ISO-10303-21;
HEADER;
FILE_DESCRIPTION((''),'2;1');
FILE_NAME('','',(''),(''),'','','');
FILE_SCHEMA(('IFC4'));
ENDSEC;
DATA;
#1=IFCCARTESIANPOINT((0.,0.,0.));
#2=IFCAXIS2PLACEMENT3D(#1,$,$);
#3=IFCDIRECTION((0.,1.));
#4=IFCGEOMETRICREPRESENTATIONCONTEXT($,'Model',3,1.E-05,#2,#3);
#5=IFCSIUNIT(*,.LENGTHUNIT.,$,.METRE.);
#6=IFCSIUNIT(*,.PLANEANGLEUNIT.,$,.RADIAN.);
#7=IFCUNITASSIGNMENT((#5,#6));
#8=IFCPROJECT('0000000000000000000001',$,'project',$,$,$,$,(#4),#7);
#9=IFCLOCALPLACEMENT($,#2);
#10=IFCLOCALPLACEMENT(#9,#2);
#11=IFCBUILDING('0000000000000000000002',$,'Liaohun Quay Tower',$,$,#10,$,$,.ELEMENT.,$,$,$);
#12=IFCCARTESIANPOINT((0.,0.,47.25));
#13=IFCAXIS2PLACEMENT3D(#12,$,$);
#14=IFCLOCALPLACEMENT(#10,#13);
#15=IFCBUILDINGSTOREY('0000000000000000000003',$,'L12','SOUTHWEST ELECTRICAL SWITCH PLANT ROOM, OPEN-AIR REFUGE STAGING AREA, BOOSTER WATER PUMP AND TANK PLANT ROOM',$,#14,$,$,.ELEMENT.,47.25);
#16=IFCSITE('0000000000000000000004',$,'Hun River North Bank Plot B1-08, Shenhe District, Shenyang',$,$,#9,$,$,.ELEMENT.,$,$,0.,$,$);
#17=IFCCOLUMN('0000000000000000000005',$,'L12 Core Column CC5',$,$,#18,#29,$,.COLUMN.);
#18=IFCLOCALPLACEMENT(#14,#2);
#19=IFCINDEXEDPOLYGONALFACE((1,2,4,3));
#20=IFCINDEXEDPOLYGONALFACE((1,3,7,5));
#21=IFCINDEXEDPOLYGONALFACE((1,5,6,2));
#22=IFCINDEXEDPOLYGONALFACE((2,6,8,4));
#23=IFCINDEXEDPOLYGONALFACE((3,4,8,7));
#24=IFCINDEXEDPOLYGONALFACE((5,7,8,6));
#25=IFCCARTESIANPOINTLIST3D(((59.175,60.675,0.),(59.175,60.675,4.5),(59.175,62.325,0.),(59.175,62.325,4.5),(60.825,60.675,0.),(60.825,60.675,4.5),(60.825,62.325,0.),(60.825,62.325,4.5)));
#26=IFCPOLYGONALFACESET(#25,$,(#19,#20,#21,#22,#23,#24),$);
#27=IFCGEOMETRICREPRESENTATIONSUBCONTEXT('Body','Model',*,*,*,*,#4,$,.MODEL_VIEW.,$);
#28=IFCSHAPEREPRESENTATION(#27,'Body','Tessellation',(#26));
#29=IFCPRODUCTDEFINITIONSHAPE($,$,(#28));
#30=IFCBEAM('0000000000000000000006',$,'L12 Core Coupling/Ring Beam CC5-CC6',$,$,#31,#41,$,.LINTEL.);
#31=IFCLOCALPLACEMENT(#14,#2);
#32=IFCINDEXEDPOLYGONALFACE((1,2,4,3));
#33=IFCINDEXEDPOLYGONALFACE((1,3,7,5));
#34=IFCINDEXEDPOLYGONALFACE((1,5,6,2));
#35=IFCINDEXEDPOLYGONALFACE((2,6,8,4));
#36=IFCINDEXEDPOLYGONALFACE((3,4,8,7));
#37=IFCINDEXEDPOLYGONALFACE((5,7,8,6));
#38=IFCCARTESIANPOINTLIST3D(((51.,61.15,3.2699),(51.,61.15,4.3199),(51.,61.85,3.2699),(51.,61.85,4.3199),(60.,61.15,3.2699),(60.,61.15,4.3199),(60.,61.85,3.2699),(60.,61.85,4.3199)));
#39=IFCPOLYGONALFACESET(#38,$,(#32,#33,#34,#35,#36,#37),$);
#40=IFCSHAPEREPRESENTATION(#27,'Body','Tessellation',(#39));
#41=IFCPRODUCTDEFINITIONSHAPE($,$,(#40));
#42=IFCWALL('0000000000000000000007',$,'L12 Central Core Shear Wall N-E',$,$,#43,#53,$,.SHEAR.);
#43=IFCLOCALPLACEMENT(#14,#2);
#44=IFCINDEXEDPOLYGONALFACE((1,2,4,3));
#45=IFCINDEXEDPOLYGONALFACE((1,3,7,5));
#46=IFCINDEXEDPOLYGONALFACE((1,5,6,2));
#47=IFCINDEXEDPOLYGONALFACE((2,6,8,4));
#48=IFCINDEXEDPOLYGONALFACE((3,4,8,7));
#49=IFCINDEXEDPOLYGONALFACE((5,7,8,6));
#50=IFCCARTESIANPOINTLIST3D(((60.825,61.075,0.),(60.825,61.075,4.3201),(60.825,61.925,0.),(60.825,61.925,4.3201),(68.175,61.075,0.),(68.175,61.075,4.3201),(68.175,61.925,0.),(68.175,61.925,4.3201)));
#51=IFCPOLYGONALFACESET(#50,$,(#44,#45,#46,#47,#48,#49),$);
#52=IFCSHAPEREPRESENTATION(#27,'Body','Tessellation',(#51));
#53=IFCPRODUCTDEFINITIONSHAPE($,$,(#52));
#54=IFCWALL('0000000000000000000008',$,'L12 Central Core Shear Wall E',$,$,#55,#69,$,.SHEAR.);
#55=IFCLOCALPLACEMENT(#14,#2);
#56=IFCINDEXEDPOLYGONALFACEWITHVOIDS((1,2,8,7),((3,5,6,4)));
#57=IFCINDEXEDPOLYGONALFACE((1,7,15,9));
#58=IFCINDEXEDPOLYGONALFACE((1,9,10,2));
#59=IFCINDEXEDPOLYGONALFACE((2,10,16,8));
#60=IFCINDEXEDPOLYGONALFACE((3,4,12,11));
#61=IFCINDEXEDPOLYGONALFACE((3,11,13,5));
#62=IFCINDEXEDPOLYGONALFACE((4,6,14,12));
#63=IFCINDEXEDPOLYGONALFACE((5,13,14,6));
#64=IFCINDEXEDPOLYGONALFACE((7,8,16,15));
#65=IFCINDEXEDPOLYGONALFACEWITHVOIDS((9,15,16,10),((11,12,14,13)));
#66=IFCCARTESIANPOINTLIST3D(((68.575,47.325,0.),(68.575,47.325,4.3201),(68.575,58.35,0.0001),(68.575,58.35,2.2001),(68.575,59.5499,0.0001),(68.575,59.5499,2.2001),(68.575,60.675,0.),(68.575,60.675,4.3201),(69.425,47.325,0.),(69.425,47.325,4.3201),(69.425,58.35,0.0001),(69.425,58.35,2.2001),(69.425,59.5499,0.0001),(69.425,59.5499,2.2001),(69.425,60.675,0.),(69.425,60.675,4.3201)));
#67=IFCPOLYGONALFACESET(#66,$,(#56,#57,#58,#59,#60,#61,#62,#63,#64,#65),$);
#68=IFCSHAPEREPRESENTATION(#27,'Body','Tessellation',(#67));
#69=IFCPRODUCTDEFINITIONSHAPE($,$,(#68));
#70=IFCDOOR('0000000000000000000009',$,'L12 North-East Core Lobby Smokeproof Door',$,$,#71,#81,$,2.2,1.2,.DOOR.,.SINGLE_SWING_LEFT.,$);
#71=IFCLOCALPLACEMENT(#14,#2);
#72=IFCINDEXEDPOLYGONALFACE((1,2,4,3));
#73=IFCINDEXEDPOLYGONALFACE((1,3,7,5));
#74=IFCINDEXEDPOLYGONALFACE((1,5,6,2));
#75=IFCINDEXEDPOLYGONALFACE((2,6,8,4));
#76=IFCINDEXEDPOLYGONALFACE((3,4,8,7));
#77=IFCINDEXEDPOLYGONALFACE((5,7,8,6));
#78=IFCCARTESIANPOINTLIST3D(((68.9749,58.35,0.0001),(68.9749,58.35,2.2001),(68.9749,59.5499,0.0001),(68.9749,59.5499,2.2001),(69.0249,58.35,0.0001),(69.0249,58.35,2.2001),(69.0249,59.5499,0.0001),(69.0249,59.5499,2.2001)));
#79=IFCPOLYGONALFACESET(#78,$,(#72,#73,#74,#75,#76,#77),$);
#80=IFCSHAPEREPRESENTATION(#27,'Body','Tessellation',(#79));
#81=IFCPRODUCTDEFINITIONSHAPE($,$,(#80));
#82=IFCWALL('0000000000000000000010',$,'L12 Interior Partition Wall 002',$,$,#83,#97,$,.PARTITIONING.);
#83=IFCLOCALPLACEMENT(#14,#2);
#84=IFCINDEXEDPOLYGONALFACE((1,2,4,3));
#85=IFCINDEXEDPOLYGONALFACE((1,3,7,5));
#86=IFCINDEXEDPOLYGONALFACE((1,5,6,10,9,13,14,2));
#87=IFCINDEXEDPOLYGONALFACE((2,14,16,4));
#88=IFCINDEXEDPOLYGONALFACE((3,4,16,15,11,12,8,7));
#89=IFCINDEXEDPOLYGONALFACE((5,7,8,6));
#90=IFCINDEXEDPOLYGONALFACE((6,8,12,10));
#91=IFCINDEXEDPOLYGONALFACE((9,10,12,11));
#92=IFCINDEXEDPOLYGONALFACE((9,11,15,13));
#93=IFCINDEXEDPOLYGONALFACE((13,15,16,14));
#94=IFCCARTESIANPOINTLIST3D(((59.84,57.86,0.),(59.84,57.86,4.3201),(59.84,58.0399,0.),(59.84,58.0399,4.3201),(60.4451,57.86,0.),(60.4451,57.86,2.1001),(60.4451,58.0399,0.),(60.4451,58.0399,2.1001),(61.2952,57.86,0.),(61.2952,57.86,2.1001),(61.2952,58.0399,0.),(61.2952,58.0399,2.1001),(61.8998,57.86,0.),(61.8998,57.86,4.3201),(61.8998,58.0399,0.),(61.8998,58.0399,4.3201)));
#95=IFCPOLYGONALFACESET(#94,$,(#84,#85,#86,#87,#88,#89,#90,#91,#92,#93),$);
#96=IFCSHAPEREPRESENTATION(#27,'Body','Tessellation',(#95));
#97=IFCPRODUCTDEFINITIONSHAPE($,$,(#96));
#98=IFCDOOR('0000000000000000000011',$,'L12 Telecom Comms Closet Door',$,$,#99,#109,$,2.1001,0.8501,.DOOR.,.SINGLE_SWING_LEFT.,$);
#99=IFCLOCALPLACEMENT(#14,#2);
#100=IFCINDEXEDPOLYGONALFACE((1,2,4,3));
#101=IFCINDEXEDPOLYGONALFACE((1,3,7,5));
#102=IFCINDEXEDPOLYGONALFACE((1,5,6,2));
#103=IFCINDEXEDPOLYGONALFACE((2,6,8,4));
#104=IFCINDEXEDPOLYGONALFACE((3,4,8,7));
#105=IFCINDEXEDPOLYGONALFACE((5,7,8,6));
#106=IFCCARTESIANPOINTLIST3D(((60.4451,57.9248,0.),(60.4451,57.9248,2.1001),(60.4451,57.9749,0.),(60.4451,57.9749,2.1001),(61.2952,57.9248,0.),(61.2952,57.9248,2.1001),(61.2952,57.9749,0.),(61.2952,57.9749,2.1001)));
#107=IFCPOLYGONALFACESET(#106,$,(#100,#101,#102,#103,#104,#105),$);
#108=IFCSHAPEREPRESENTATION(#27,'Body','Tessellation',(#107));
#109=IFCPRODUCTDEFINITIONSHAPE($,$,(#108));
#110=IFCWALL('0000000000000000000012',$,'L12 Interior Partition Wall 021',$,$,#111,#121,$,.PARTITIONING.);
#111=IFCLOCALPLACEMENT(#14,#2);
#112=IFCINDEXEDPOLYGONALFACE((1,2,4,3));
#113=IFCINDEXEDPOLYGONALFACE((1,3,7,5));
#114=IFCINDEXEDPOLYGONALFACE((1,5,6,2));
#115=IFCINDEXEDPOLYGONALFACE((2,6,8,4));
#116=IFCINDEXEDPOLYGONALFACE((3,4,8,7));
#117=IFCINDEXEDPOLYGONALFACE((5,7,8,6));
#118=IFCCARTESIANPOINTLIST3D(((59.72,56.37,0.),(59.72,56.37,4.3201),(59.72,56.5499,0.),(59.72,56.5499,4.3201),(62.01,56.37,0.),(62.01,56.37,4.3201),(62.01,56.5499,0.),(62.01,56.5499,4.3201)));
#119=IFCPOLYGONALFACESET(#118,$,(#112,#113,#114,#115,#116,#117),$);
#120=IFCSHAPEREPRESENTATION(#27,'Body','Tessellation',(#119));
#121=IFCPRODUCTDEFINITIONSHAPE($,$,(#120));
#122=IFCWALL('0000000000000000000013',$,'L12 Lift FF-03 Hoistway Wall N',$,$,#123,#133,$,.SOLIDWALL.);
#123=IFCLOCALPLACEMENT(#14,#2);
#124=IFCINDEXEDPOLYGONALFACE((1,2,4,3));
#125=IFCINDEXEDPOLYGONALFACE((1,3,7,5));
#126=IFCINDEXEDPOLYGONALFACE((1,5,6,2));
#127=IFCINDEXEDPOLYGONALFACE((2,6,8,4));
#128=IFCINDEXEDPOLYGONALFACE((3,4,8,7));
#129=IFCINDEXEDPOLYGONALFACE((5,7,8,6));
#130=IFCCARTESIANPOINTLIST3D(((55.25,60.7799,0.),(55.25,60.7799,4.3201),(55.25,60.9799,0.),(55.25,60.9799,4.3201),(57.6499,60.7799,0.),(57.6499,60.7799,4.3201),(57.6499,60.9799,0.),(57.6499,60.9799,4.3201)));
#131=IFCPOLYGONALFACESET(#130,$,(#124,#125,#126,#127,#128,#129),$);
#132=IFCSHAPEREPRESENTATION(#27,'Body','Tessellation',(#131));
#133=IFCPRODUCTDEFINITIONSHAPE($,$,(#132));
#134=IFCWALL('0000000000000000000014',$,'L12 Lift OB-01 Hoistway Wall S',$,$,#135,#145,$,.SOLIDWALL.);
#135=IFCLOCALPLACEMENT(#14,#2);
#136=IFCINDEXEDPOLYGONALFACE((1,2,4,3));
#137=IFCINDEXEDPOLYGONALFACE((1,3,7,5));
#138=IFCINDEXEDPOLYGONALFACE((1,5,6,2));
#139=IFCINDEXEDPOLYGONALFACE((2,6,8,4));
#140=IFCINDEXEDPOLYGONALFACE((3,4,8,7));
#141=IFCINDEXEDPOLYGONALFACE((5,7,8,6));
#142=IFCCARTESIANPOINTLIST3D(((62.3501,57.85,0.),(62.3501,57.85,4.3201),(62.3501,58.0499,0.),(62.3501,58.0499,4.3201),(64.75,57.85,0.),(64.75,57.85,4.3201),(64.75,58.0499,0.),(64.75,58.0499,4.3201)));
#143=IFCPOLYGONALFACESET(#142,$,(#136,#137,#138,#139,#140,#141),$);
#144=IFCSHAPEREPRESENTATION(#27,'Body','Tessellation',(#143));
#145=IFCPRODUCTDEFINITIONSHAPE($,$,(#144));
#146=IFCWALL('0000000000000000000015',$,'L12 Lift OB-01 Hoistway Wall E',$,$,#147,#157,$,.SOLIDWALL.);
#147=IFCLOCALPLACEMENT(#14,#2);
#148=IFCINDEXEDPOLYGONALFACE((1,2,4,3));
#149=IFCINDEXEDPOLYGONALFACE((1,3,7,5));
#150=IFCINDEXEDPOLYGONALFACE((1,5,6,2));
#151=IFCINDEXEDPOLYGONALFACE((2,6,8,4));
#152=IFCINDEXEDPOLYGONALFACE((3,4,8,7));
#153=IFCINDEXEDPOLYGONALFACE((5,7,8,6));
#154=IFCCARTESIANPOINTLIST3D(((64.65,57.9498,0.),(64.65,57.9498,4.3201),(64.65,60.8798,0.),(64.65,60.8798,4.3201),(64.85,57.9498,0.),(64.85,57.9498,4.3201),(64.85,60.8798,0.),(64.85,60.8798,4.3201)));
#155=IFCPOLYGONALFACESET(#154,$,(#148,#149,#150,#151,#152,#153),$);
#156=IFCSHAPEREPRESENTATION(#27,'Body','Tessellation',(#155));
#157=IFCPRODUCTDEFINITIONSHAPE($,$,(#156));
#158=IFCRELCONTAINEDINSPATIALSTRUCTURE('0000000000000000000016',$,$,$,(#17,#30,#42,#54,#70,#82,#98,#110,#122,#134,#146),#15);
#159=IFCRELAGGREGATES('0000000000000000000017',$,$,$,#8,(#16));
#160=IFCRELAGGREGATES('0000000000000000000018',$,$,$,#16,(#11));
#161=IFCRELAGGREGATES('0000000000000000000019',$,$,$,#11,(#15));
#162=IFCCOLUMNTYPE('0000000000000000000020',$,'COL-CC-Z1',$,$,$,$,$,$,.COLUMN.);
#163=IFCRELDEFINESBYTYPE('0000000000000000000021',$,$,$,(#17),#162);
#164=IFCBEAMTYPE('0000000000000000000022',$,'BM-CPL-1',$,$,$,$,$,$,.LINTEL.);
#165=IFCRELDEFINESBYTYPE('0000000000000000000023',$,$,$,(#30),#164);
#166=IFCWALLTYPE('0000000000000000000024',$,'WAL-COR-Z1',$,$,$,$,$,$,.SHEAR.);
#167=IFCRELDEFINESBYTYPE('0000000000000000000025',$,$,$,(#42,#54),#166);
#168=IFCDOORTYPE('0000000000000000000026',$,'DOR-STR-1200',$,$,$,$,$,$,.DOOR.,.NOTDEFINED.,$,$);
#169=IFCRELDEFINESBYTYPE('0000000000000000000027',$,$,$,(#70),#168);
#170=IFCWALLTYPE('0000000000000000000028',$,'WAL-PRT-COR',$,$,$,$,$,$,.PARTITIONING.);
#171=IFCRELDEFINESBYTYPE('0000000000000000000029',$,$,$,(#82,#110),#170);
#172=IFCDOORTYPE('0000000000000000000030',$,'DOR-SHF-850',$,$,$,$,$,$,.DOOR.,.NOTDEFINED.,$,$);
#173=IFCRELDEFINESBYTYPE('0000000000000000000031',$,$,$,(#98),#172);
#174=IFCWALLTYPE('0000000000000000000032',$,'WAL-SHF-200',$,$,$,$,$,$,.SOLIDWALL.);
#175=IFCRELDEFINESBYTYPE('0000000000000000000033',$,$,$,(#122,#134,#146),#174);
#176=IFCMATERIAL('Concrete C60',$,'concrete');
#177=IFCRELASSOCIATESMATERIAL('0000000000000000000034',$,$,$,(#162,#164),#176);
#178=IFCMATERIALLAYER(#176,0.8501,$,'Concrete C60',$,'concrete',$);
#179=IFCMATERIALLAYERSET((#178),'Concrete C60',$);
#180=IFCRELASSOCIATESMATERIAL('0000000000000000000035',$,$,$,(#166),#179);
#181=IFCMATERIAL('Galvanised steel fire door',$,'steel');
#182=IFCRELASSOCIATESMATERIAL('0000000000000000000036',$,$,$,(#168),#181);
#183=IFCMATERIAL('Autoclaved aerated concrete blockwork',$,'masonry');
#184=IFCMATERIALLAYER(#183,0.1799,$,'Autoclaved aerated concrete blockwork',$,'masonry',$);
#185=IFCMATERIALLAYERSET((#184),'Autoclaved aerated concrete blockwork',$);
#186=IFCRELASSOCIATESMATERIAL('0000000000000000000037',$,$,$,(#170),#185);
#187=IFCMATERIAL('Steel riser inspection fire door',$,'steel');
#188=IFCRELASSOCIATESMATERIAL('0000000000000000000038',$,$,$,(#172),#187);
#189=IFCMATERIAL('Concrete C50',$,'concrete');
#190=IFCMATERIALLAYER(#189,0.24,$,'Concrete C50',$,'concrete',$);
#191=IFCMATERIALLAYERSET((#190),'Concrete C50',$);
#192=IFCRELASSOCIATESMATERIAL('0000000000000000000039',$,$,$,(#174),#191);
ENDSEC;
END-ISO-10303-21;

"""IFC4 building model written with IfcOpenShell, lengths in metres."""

from ifc_helpers import new_model, si_unit, direction, frame, frame_2d, origin, origin_2d, place, context, subcontext, project, spatial, rectangle, extrude, source, transform, mapped, material, layer, layer_set, material_profile, profile_set, type_object, element, fill, save


model = new_model("IFC4")

# Units and contexts
model_context = context("Model", 3, precision=1e-05, world=origin(), true_north=direction((0.0, 1.0)))
body_context = subcontext(model_context, "Body", "Model", "MODEL_VIEW")
ifc_project = project(units=[si_unit("LENGTHUNIT", "METRE"), si_unit("PLANEANGLEUNIT", "RADIAN")], contexts=[model_context])

# Site, building, storey
site_placement = place(None, origin())
site = spatial("IfcSite", under=ifc_project, at=site_placement, Name="Hun River North Bank Plot B1-08, Shenhe District, Shenyang", CompositionType="ELEMENT", RefElevation=0.0)
building_placement = place(site_placement, origin())
building = spatial("IfcBuilding", under=site, at=building_placement, Name="Liaohun Quay Tower", CompositionType="ELEMENT")
storey_placement = place(building_placement, frame((0.0, 0.0, 47.25)))
storey = spatial("IfcBuildingStorey", under=building, at=storey_placement, Name="L12", Description="SOUTHWEST ELECTRICAL SWITCH PLANT ROOM, OPEN-AIR REFUGE STAGING AREA, BOOSTER WATER PUMP AND TANK PLANT ROOM", CompositionType="ELEMENT", Elevation=47.25)

# Column
ifc_material_1 = material(Name="Concrete C60", Category="concrete")
ifc_material_profile_1 = material_profile(ifc_material_1, rectangle(XDim=1.6499, YDim=1.6499, at=origin_2d()), Name="RC1650x1650")
ifc_profile_set_1 = profile_set([ifc_material_profile_1], Name="Concrete C60")
column_type = type_object("IfcColumnType", Name="COL-CC-Z1", PredefinedType="COLUMN", material=ifc_profile_set_1)
shared_shape_1 = source(origin(), body_context, "Body", "SweptSolid", [
    extrude(rectangle(XDim=1.6499, YDim=1.6499, at=origin_2d()), origin(), (0.0, 0.0, 1.0), 4.5),
])
column_placement = place(storey_placement, frame((60.0, 61.5, 0.0), z_axis=(0.0, 0.0, 1.0), x_axis=(1.0, 0.0, 0.0)))
element("IfcColumn", 1, at=column_placement, inside=storey, type_object=column_type, Name="L12 Core Column CC5", PredefinedType="COLUMN", context=body_context, shape_type="MappedRepresentation", body=[
    mapped(shared_shape_1, transform((0.0, 0.0, 0.0), x_axis=(1.0, 0.0, 0.0), y_axis=(0.0, 1.0, 0.0), z_axis=(0.0, 0.0, 1.0), scale=1.0)),
])

# Beam
ifc_material_profile_2 = material_profile(ifc_material_1, rectangle(XDim=0.7, YDim=1.05, at=origin_2d()), Name="RC700x1050")
ifc_profile_set_2 = profile_set([ifc_material_profile_2], Name="Concrete C60")
beam_type = type_object("IfcBeamType", Name="BM-CPL-1", PredefinedType="LINTEL", material=ifc_profile_set_2)
shared_shape_2 = source(origin(), body_context, "Body", "SweptSolid", [
    extrude(rectangle(XDim=0.7, YDim=1.05, at=origin_2d()), origin(), (0.0, 0.0, 1.0), 9.0),
])
beam_placement = place(storey_placement, frame((60.0, 61.5, 3.7949), z_axis=(-1.0, 0.0, 0.0), x_axis=(0.0, -1.0, 0.0)))
element("IfcBeam", 2, at=beam_placement, inside=storey, type_object=beam_type, Name="L12 Core Coupling/Ring Beam CC5-CC6", PredefinedType="LINTEL", context=body_context, shape_type="MappedRepresentation", body=[
    mapped(shared_shape_2, transform((0.0, 0.0, 0.0), x_axis=(1.0, 0.0, 0.0), y_axis=(0.0, 1.0, 0.0), z_axis=(0.0, 0.0, 1.0), scale=1.0)),
])

# Wall
ifc_layer_1 = layer(ifc_material_1, 0.8501, Name="Concrete C60", Category="concrete")
ifc_layer_set_1 = layer_set([ifc_layer_1], Name="Concrete C60")
wall_type_1 = type_object("IfcWallType", Name="WAL-COR-Z1", PredefinedType="SHEAR", material=ifc_layer_set_1)
wall_1_placement = place(storey_placement, frame((60.825, 61.5, 0.0), z_axis=(0.0, 0.0, 1.0), x_axis=(1.0, 0.0, 0.0)))
element("IfcWall", 3, at=wall_1_placement, inside=storey, type_object=wall_type_1, Name="L12 Central Core Shear Wall N-E", PredefinedType="SHEAR", context=body_context, shape_type="SweptSolid", body=[
    extrude(rectangle(XDim=7.3501, YDim=0.8501, at=frame_2d((3.675, 0.0))), origin(), (0.0, 0.0, 1.0), 4.3201),
])

# Walls, openings, doors
wall_2_placement = place(storey_placement, frame((69.0, 60.675, 0.0), z_axis=(0.0, 0.0, 1.0), x_axis=(0.0, -1.0, 0.0)))
wall_2 = element("IfcWall", 4, at=wall_2_placement, inside=storey, type_object=wall_type_1, Name="L12 Central Core Shear Wall E", PredefinedType="SHEAR", context=body_context, shape_type="SweptSolid", body=[
    extrude(rectangle(XDim=13.3501, YDim=0.8501, at=frame_2d((6.675, 0.0))), origin(), (0.0, 0.0, 1.0), 4.3201),
])
shared_shape_3 = source(origin(), body_context, "Body", "SweptSolid", [
    extrude(rectangle(XDim=1.2, YDim=2.2, at=frame_2d((0.6001, 1.1001))), frame((0.0, 0.4351, 0.0), z_axis=(0.0, -1.0, 0.0), x_axis=(1.0, 0.0, 0.0)), (0.0, 0.0, 1.0), 0.8701),
])
opening_1_placement = place(wall_2_placement, frame((1.125, 0.0, 0.0)))
opening_1 = element("IfcOpeningElement", 5, at=opening_1_placement, cuts=wall_2, PredefinedType="OPENING", context=body_context, shape_type="MappedRepresentation", body=[
    mapped(shared_shape_3, transform((0.0, 0.0, 0.0), x_axis=(1.0, 0.0, 0.0), y_axis=(0.0, 1.0, 0.0), z_axis=(0.0, 0.0, 1.0), scale=1.0)),
])
ifc_material_2 = material(Name="Galvanised steel fire door", Category="steel")
door_type_1 = type_object("IfcDoorType", Name="DOR-STR-1200", OperationType="NOTDEFINED", PredefinedType="DOOR", material=ifc_material_2)
shared_shape_4 = source(origin(), body_context, "Body", "SweptSolid", [
    extrude(rectangle(XDim=1.2, YDim=2.2, at=frame_2d((0.6001, 1.1001))), frame((0.0, 0.0249, 0.0), z_axis=(0.0, -1.0, 0.0), x_axis=(1.0, 0.0, 0.0)), (0.0, 0.0, 1.0), 0.05),
])
door_1_placement = place(opening_1_placement, origin())
door_1 = element("IfcDoor", 6, at=door_1_placement, inside=storey, type_object=door_type_1, Name="L12 North-East Core Lobby Smokeproof Door", OperationType="SINGLE_SWING_LEFT", OverallHeight=2.2, OverallWidth=1.2, PredefinedType="DOOR", context=body_context, shape_type="MappedRepresentation", body=[
    mapped(shared_shape_4, transform((0.0, 0.0, 0.0), x_axis=(1.0, 0.0, 0.0), y_axis=(0.0, 1.0, 0.0), z_axis=(0.0, 0.0, 1.0), scale=1.0)),
])
fill(opening_1, door_1)
ifc_material_3 = material(Name="Autoclaved aerated concrete blockwork", Category="masonry")
ifc_layer_2 = layer(ifc_material_3, 0.1799, Name="Autoclaved aerated concrete blockwork", Category="masonry")
ifc_layer_set_2 = layer_set([ifc_layer_2], Name="Autoclaved aerated concrete blockwork")
wall_type_2 = type_object("IfcWallType", Name="WAL-PRT-COR", PredefinedType="PARTITIONING", material=ifc_layer_set_2)
wall_3_placement = place(storey_placement, frame((59.8401, 57.95, 0.0), z_axis=(0.0, 0.0, 1.0), x_axis=(1.0, 0.0, 0.0)))
wall_3 = element("IfcWall", 7, at=wall_3_placement, inside=storey, type_object=wall_type_2, Name="L12 Interior Partition Wall 002", PredefinedType="PARTITIONING", context=body_context, shape_type="SweptSolid", body=[
    extrude(rectangle(XDim=2.0598, YDim=0.1799, at=frame_2d((1.0298, 0.0))), origin(), (0.0, 0.0, 1.0), 4.3201),
])
shared_shape_5 = source(origin(), body_context, "Body", "SweptSolid", [
    extrude(rectangle(XDim=0.8501, YDim=2.1001, at=frame_2d((0.425, 1.05))), frame((0.0, 0.0999, 0.0), z_axis=(0.0, -1.0, 0.0), x_axis=(1.0, 0.0, 0.0)), (0.0, 0.0, 1.0), 0.2),
])
opening_2_placement = place(wall_3_placement, frame((0.605, 0.0, 0.0)))
opening_2 = element("IfcOpeningElement", 8, at=opening_2_placement, cuts=wall_3, PredefinedType="OPENING", context=body_context, shape_type="MappedRepresentation", body=[
    mapped(shared_shape_5, transform((0.0, 0.0, 0.0), x_axis=(1.0, 0.0, 0.0), y_axis=(0.0, 1.0, 0.0), z_axis=(0.0, 0.0, 1.0), scale=1.0)),
])
ifc_material_4 = material(Name="Steel riser inspection fire door", Category="steel")
door_type_2 = type_object("IfcDoorType", Name="DOR-SHF-850", OperationType="NOTDEFINED", PredefinedType="DOOR", material=ifc_material_4)
shared_shape_6 = source(origin(), body_context, "Body", "SweptSolid", [
    extrude(rectangle(XDim=0.8501, YDim=2.1001, at=frame_2d((0.425, 1.05))), frame((0.0, 0.0249, 0.0), z_axis=(0.0, -1.0, 0.0), x_axis=(1.0, 0.0, 0.0)), (0.0, 0.0, 1.0), 0.05),
])
door_2_placement = place(opening_2_placement, origin())
door_2 = element("IfcDoor", 9, at=door_2_placement, inside=storey, type_object=door_type_2, Name="L12 Telecom Comms Closet Door", OperationType="SINGLE_SWING_LEFT", OverallHeight=2.1001, OverallWidth=0.8501, PredefinedType="DOOR", context=body_context, shape_type="MappedRepresentation", body=[
    mapped(shared_shape_6, transform((0.0, 0.0, 0.0), x_axis=(1.0, 0.0, 0.0), y_axis=(0.0, 1.0, 0.0), z_axis=(0.0, 0.0, 1.0), scale=1.0)),
])
fill(opening_2, door_2)

# Walls
wall_4_placement = place(storey_placement, frame((59.72, 56.46, 0.0), z_axis=(0.0, 0.0, 1.0), x_axis=(1.0, 0.0, 0.0)))
element("IfcWall", 10, at=wall_4_placement, inside=storey, type_object=wall_type_2, Name="L12 Interior Partition Wall 021", PredefinedType="PARTITIONING", context=body_context, shape_type="SweptSolid", body=[
    extrude(rectangle(XDim=2.29, YDim=0.1799, at=frame_2d((1.145, 0.0))), origin(), (0.0, 0.0, 1.0), 4.3201),
])
ifc_material_5 = material(Name="Concrete C50", Category="concrete")
ifc_layer_3 = layer(ifc_material_5, 0.24, Name="Concrete C50", Category="concrete")
ifc_layer_set_3 = layer_set([ifc_layer_3], Name="Concrete C50")
wall_type_3 = type_object("IfcWallType", Name="WAL-SHF-200", PredefinedType="SOLIDWALL", material=ifc_layer_set_3)
for number, where, z_axis, x_axis, name in (
    (11, (57.6499, 60.8799, 0.0), (0.0, 0.0, 1.0), (-1.0, 0.0, 0.0), "L12 Lift FF-03 Hoistway Wall N"),
    (12, (62.3501, 57.95, 0.0), (0.0, 0.0, 1.0), (1.0, 0.0, 0.0), "L12 Lift OB-01 Hoistway Wall S"),
):
    element("IfcWall", number, at=place(storey_placement, frame(where, z_axis=z_axis, x_axis=x_axis)), inside=storey, type_object=wall_type_3, Name=name, PredefinedType="SOLIDWALL", context=body_context, shape_type="SweptSolid", body=[
        extrude(rectangle(XDim=2.3999, YDim=0.2, at=frame_2d((1.2, 0.0))), origin(), (0.0, 0.0, 1.0), 4.3201),
    ])
wall_5_placement = place(storey_placement, frame((64.75, 57.95, 0.0), z_axis=(0.0, 0.0, 1.0), x_axis=(0.0, 1.0, 0.0)))
element("IfcWall", 13, at=wall_5_placement, inside=storey, type_object=wall_type_3, Name="L12 Lift OB-01 Hoistway Wall E", PredefinedType="SOLIDWALL", context=body_context, shape_type="SweptSolid", body=[
    extrude(rectangle(XDim=2.9299, YDim=0.2, at=frame_2d((1.4648, 0.0))), origin(), (0.0, 0.0, 1.0), 4.3201),
])

save(model, "model.ifc")
